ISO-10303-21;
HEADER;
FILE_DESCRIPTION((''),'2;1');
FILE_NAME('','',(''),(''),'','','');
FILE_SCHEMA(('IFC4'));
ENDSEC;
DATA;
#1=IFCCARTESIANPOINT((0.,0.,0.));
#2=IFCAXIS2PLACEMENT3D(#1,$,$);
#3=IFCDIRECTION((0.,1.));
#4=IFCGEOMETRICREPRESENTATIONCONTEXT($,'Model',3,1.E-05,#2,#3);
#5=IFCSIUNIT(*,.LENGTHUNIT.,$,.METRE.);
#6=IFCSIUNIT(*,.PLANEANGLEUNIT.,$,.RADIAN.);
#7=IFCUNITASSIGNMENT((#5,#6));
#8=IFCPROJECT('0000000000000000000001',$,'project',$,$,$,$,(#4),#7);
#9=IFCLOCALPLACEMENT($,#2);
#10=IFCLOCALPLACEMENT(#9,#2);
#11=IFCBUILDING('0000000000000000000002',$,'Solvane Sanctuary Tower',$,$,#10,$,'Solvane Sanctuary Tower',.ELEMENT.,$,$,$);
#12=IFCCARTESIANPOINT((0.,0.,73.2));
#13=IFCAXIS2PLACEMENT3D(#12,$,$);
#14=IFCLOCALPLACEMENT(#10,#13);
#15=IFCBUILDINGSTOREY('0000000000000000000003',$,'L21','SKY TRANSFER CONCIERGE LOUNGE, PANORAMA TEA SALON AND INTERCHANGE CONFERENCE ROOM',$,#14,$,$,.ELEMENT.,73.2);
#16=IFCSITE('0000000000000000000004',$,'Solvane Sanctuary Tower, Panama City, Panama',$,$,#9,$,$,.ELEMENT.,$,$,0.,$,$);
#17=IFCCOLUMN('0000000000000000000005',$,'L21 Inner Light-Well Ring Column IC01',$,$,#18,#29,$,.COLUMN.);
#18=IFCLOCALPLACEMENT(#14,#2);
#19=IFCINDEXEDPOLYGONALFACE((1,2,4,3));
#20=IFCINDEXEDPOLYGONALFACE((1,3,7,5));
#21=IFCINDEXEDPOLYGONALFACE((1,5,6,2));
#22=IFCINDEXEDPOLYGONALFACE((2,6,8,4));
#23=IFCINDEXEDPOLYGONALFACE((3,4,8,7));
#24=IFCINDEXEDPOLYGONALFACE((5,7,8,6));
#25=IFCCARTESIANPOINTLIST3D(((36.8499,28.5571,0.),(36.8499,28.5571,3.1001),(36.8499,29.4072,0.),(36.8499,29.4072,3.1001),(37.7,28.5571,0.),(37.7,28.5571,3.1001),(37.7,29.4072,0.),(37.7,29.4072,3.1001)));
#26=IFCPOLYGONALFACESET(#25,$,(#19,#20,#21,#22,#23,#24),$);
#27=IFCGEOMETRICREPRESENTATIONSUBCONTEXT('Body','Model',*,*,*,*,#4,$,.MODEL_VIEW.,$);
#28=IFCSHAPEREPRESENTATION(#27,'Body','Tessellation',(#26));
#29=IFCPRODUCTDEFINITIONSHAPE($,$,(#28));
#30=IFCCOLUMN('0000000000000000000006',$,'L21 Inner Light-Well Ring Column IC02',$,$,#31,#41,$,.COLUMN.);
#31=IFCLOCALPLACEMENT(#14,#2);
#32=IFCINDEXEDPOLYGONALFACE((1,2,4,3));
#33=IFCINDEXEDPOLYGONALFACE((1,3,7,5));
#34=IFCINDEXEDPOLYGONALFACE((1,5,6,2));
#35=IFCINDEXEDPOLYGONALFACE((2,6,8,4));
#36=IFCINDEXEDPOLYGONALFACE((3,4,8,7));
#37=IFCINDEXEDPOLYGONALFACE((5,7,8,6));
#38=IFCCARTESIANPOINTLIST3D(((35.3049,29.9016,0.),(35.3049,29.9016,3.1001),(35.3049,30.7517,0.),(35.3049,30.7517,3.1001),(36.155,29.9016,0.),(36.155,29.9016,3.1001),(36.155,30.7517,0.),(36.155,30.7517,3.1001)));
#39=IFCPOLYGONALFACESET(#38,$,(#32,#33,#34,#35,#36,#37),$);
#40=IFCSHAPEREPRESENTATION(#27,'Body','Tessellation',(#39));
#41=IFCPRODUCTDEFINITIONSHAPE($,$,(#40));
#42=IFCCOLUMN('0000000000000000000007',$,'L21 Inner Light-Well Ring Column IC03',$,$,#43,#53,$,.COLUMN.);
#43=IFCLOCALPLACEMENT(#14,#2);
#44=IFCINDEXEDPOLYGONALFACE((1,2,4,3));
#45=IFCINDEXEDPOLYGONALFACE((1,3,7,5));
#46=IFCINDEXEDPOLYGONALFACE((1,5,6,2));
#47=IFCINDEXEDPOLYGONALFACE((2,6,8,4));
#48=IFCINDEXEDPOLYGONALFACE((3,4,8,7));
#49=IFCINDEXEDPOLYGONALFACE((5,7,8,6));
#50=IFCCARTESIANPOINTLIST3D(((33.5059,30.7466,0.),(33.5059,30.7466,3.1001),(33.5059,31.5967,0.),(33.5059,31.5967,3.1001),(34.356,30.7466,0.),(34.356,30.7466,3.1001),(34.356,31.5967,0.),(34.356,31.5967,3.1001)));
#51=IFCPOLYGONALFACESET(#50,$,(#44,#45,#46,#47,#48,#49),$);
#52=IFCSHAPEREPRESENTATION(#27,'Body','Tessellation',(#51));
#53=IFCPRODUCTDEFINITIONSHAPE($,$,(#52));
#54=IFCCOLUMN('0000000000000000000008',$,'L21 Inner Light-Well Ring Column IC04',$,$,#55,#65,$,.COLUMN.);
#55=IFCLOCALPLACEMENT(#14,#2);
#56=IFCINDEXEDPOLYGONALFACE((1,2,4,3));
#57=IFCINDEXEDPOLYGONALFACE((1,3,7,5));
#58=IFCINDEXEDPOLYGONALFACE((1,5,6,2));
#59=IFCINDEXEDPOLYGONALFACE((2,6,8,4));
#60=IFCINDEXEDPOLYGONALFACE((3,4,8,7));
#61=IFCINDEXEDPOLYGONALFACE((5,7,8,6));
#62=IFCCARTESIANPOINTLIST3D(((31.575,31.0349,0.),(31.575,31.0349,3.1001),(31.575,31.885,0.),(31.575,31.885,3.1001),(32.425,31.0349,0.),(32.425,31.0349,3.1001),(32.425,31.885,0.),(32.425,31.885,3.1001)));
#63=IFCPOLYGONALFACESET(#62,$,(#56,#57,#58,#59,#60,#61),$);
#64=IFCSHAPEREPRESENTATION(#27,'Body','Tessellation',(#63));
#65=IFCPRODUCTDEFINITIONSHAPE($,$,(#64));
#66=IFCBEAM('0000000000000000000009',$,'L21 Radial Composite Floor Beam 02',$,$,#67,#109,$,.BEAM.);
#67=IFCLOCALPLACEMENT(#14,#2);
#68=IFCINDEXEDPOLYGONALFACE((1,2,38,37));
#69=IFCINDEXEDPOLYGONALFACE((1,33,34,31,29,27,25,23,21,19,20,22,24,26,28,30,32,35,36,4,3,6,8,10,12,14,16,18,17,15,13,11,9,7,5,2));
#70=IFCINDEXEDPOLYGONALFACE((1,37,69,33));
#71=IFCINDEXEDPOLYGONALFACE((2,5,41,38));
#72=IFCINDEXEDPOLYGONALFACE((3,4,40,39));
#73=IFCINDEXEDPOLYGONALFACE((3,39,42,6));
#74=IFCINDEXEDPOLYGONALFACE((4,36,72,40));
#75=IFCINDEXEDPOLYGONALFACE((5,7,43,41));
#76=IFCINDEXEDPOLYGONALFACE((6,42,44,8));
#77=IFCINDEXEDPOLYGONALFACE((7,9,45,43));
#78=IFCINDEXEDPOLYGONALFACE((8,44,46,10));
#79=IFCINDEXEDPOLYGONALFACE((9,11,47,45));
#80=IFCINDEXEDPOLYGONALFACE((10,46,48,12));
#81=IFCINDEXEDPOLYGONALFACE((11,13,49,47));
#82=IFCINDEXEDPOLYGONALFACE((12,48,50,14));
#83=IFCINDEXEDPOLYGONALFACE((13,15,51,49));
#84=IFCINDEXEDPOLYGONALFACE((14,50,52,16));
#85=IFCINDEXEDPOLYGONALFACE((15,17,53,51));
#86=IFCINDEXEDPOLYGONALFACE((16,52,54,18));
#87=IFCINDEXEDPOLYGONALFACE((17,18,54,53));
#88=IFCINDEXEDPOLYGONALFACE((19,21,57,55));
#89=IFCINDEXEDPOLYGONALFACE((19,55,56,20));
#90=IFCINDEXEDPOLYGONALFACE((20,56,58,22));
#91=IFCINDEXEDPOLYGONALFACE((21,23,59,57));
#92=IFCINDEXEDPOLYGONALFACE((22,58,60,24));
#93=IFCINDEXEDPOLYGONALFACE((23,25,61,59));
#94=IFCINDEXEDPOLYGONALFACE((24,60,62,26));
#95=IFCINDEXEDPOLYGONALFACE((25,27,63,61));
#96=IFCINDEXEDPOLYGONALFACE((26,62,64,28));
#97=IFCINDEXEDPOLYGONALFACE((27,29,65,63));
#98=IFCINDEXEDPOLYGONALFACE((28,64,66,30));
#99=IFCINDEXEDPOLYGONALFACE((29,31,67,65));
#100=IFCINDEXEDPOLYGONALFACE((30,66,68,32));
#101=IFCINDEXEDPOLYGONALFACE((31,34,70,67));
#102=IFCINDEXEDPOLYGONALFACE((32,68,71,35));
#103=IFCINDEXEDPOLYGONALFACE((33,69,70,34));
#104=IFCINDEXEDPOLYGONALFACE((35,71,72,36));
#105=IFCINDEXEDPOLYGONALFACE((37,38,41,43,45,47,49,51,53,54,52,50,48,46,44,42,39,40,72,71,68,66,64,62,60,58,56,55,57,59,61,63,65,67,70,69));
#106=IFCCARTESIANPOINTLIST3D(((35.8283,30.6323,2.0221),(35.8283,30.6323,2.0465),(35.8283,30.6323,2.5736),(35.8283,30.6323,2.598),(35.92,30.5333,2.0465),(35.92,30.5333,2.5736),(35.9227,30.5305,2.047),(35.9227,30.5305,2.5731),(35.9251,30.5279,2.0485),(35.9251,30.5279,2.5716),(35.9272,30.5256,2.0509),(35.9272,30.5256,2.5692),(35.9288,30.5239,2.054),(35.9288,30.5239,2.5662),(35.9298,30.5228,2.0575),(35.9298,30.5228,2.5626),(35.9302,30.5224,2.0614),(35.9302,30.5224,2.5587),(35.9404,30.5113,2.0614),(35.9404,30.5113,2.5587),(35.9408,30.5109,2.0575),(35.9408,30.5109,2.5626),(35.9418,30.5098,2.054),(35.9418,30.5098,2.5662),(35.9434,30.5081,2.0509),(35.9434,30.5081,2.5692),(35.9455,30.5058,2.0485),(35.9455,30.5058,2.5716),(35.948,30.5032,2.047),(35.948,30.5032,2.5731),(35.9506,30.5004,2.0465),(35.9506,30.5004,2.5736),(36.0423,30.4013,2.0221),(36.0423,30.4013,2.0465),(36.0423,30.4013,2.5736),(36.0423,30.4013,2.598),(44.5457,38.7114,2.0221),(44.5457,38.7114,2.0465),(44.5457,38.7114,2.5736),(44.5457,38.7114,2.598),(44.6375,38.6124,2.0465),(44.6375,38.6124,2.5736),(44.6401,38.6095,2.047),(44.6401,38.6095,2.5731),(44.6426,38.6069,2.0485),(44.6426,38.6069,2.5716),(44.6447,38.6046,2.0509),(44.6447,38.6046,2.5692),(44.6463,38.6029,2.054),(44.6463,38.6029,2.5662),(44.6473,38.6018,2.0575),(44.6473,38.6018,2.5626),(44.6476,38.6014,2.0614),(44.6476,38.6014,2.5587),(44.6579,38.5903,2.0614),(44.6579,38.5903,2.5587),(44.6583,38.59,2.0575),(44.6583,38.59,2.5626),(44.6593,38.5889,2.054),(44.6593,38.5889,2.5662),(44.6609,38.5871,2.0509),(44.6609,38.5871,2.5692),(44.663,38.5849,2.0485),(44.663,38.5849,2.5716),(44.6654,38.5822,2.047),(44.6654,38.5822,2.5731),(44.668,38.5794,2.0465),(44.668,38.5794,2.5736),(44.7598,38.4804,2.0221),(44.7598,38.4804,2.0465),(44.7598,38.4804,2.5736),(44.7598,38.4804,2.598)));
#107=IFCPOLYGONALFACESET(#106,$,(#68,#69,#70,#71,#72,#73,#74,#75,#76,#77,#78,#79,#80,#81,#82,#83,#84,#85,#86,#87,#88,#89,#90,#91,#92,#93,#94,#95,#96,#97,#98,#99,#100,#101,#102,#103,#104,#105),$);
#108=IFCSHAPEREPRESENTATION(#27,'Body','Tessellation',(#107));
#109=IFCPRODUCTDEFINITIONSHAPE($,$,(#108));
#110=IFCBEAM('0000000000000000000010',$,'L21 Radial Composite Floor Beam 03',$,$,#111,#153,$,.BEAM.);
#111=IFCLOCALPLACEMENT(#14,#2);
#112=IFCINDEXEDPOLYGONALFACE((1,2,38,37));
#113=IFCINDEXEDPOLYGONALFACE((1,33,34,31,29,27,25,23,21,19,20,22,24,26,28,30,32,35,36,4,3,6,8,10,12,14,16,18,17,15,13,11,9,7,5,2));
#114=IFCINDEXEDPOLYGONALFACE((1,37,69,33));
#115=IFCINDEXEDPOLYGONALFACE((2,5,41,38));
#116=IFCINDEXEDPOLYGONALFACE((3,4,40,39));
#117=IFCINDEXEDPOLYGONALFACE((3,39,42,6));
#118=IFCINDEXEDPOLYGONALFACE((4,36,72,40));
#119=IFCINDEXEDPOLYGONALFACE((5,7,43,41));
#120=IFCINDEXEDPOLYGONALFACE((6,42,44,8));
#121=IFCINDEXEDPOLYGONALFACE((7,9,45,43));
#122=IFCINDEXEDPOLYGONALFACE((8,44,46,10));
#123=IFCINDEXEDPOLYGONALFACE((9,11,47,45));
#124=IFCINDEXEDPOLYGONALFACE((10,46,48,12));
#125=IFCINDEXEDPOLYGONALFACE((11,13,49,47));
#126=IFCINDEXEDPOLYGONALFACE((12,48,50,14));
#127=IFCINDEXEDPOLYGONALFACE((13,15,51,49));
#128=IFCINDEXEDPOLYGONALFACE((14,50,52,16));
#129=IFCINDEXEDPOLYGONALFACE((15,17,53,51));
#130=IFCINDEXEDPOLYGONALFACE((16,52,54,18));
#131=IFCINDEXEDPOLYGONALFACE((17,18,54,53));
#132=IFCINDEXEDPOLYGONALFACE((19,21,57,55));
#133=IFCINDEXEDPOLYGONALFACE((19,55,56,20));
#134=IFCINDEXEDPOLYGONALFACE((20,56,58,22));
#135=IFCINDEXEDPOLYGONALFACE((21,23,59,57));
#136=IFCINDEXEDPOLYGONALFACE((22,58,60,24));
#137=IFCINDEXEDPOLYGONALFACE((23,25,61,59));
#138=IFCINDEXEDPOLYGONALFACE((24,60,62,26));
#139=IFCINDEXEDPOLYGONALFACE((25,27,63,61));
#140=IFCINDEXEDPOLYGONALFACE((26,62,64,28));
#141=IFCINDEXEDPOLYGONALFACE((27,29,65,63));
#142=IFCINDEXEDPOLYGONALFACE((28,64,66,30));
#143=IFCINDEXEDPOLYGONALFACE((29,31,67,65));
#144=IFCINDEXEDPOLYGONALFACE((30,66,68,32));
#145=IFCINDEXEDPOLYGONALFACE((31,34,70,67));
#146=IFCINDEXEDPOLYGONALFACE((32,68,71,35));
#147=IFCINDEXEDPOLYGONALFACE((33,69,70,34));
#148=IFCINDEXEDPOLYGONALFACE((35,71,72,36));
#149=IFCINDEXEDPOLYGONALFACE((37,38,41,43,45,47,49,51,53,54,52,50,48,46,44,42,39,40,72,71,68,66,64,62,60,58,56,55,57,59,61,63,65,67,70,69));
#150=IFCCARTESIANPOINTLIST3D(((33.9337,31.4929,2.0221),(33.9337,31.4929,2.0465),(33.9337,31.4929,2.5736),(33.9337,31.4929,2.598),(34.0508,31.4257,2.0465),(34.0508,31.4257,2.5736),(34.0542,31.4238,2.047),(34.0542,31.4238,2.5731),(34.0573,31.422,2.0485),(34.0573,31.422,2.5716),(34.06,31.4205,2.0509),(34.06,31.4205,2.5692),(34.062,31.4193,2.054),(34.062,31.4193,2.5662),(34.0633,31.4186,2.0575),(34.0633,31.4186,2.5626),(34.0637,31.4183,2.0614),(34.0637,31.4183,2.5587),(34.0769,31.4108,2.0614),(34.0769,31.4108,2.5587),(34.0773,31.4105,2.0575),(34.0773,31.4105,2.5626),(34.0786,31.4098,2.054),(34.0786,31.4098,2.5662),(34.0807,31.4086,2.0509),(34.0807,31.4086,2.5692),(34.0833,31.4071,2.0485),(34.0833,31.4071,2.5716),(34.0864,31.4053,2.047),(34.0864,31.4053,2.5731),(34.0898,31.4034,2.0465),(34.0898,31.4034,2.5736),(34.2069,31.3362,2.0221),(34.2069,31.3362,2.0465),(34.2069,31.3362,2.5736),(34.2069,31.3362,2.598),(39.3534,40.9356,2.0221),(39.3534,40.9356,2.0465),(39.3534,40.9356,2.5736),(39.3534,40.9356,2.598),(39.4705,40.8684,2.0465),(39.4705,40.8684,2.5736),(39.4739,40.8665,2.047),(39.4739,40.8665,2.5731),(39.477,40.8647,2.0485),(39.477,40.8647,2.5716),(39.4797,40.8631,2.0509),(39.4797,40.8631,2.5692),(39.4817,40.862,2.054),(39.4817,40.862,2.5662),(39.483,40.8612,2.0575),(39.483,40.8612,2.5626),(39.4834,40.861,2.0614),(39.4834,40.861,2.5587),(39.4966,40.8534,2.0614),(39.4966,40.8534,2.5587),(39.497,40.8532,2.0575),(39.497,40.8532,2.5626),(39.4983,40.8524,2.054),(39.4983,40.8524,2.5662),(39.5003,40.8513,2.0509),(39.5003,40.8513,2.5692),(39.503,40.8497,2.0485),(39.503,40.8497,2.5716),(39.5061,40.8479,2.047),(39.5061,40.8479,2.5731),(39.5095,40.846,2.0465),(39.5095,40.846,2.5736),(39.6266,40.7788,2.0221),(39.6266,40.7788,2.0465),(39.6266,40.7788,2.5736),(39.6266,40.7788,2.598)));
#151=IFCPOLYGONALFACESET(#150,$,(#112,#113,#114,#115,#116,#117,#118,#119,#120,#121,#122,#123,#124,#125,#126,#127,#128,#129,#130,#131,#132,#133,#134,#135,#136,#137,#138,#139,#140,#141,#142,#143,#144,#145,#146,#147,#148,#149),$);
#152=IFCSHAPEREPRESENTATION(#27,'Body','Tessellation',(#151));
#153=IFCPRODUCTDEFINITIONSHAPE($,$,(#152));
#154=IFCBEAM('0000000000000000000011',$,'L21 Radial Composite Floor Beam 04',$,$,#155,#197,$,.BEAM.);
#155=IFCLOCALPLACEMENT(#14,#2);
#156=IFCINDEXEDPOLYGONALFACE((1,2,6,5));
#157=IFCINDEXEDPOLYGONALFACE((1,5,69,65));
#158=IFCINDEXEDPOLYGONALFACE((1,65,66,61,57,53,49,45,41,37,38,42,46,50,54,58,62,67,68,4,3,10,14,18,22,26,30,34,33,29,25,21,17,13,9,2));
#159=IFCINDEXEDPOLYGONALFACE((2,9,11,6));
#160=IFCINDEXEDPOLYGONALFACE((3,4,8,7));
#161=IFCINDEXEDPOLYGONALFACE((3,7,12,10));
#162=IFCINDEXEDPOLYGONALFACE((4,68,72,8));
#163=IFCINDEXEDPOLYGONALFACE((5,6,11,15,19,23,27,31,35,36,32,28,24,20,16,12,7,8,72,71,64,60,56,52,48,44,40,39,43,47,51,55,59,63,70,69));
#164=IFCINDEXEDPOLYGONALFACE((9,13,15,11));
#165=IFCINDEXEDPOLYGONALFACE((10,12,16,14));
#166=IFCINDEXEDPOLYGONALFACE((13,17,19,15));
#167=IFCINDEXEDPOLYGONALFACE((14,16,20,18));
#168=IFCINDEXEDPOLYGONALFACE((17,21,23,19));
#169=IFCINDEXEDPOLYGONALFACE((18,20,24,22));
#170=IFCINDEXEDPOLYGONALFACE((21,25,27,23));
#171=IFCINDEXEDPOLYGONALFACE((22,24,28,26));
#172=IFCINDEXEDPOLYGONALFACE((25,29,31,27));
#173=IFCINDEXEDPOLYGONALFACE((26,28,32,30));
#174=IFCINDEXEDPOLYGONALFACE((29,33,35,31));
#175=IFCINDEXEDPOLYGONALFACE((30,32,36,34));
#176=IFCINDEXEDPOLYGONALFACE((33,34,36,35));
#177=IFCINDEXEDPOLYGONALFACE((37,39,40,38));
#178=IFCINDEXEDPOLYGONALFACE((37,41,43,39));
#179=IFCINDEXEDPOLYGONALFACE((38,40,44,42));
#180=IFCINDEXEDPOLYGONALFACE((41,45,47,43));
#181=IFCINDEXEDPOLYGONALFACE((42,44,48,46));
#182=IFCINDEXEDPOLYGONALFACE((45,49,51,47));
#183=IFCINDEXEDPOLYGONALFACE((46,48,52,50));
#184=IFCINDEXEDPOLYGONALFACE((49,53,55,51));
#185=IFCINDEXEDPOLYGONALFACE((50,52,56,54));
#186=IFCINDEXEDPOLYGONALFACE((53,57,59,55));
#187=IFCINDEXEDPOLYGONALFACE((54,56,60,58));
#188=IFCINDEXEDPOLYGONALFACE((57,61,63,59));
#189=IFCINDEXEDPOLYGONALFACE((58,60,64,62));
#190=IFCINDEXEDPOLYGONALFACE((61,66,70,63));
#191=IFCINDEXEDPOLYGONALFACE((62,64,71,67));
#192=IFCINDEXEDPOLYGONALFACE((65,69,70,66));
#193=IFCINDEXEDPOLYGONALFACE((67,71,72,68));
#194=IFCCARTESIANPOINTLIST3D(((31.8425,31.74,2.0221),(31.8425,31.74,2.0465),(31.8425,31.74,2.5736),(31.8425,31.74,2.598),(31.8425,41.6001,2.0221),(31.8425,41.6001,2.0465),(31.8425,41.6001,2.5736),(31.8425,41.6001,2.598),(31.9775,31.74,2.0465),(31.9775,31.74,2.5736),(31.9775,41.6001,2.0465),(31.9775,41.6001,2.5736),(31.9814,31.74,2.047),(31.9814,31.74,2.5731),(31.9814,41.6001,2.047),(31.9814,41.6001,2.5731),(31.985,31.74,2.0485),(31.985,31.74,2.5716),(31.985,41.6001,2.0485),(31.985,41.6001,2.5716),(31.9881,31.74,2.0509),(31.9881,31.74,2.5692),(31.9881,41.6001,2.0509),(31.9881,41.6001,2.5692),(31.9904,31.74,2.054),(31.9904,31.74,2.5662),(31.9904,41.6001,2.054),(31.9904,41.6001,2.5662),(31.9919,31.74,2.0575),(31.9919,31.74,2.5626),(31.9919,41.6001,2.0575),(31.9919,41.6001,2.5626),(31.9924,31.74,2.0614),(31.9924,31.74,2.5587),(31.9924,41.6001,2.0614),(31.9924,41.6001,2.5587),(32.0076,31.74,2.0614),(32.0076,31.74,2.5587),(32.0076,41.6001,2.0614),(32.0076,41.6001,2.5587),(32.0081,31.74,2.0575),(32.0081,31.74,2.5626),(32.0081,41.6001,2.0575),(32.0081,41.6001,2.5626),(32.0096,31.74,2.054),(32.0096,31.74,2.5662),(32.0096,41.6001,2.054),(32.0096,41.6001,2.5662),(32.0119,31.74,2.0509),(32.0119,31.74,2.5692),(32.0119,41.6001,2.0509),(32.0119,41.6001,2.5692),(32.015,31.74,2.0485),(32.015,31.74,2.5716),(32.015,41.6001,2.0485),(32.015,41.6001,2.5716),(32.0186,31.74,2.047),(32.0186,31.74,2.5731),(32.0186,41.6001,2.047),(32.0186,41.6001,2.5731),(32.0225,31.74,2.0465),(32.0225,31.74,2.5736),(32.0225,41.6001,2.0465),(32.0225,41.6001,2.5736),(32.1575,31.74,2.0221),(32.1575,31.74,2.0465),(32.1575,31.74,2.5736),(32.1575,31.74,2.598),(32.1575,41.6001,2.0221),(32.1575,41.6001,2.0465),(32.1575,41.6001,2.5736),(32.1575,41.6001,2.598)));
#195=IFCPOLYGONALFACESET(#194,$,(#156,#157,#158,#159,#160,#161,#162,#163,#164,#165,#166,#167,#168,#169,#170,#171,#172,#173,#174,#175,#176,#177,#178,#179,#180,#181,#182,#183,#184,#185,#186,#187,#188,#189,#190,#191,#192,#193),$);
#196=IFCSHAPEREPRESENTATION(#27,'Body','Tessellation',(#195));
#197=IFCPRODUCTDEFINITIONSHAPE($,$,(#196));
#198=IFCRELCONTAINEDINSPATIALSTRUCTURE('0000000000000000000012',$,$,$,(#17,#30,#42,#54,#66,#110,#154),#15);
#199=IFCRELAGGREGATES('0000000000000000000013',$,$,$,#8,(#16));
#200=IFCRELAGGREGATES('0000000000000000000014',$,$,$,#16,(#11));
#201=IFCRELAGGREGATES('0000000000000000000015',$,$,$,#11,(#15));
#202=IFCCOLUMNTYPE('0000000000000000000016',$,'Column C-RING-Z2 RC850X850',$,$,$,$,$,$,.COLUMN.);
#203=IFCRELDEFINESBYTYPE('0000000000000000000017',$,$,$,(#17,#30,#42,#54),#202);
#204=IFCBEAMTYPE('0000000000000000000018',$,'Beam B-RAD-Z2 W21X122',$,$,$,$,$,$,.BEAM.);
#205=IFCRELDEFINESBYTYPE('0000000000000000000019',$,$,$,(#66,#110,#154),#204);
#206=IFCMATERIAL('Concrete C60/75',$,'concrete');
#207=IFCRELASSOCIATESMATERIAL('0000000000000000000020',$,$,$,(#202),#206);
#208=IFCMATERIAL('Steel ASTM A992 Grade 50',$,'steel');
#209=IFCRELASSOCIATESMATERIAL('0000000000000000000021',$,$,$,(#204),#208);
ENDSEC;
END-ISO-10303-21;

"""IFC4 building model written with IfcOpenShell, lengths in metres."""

from ifc_helpers import new_model, si_unit, direction, frame, origin, origin_2d, place, context, subcontext, project, spatial, rectangle, i_section, extrude, material, material_profile, profile_set, type_object, element, save


model = new_model("IFC4")

# Units and contexts
model_context = context("Model", 3, precision=1e-05, world=origin(), true_north=direction((0.0, 1.0)))
body_context = subcontext(model_context, "Body", "Model", "MODEL_VIEW")
ifc_project = project(units=[si_unit("LENGTHUNIT", "METRE"), si_unit("PLANEANGLEUNIT", "RADIAN")], contexts=[model_context])

# Site, building, storey
site_placement = place(None, origin())
site = spatial("IfcSite", under=ifc_project, at=site_placement, Name="Solvane Sanctuary Tower, Panama City, Panama", CompositionType="ELEMENT", RefElevation=0.0)
building_placement = place(site_placement, origin())
building = spatial("IfcBuilding", under=site, at=building_placement, Name="Solvane Sanctuary Tower", LongName="Solvane Sanctuary Tower", CompositionType="ELEMENT")
storey_placement = place(building_placement, frame((0.0, 0.0, 73.2)))
storey = spatial("IfcBuildingStorey", under=building, at=storey_placement, Name="L21", Description="SKY TRANSFER CONCIERGE LOUNGE, PANORAMA TEA SALON AND INTERCHANGE CONFERENCE ROOM", CompositionType="ELEMENT", Elevation=73.2)

# Columns
ifc_material_1 = material(Name="Concrete C60/75", Category="concrete")
ifc_material_profile_1 = material_profile(ifc_material_1, rectangle(XDim=0.8501, YDim=0.8501, at=origin_2d()), Name="RC850X850")
ifc_profile_set_1 = profile_set([ifc_material_profile_1], Name="Concrete C60/75")
column_type = type_object("IfcColumnType", Name="Column C-RING-Z2 RC850X850", PredefinedType="COLUMN", material=ifc_profile_set_1)
for number, where, z_axis, x_axis, name in (
    (1, (37.2749, 28.9822, 0.0), (0.0, 0.0, 1.0), (1.0, 0.0, 0.0), "L21 Inner Light-Well Ring Column IC01"),
    (2, (35.73, 30.3267, 0.0), (0.0, 0.0, 1.0), (1.0, 0.0, 0.0), "L21 Inner Light-Well Ring Column IC02"),
    (3, (33.9309, 31.1716, 0.0), (0.0, 0.0, 1.0), (1.0, 0.0, 0.0), "L21 Inner Light-Well Ring Column IC03"),
    (4, (32.0, 31.46, 0.0), (0.0, 0.0, 1.0), (1.0, 0.0, 0.0), "L21 Inner Light-Well Ring Column IC04"),
):
    element("IfcColumn", number, at=place(storey_placement, frame(where, z_axis=z_axis, x_axis=x_axis)), inside=storey, type_object=column_type, Name=name, PredefinedType="COLUMN", context=body_context, shape_type="SweptSolid", body=[
        extrude(rectangle(XDim=0.8501, YDim=0.8501, at=origin_2d()), origin(), (0.0, 0.0, 1.0), 3.1001),
    ])

# Beams
ifc_material_2 = material(Name="Steel ASTM A992 Grade 50", Category="steel")
ifc_material_profile_2 = material_profile(ifc_material_2, i_section(OverallWidth=0.3149, OverallDepth=0.5759, WebThickness=0.0151, FlangeThickness=0.0244, FilletRadius=0.0149, at=origin_2d()), Name="W21X122")
ifc_profile_set_2 = profile_set([ifc_material_profile_2], Name="Steel ASTM A992 Grade 50")
beam_type_1 = type_object("IfcBeamType", Name="Beam B-RAD-Z2 W21X122", PredefinedType="BEAM", material=ifc_profile_set_2)
beam_1_placement = place(storey_placement, frame((35.9353, 30.5168, 2.3101), z_axis=(0.733454, 0.679739, 0.0), x_axis=(-0.679739, 0.733454, 0.0)))
element("IfcBeam", 5, at=beam_1_placement, inside=storey, type_object=beam_type_1, Name="L21 Radial Composite Floor Beam 02", PredefinedType="BEAM", context=body_context, shape_type="SweptSolid", body=[
    extrude(i_section(OverallWidth=0.3149, OverallDepth=0.5759, WebThickness=0.0151, FlangeThickness=0.0244, FilletRadius=0.0149, at=origin_2d()), origin(), (0.0, 0.0, 1.0), 11.8855),
])
beam_2_placement = place(storey_placement, frame((34.0703, 31.4146, 2.3101), z_axis=(0.497792, 0.867296, 0.0), x_axis=(-0.867296, 0.497792, 0.0)))
element("IfcBeam", 6, at=beam_2_placement, inside=storey, type_object=beam_type_1, Name="L21 Radial Composite Floor Beam 03", PredefinedType="BEAM", context=body_context, shape_type="SweptSolid", body=[
    extrude(i_section(OverallWidth=0.3149, OverallDepth=0.5759, WebThickness=0.0151, FlangeThickness=0.0244, FilletRadius=0.0149, at=origin_2d()), origin(), (0.0, 0.0, 1.0), 10.8875),
])
beam_3_placement = place(storey_placement, frame((32.0, 31.74, 2.3101), z_axis=(0.0, 1.0, 0.0), x_axis=(-1.0, 0.0, 0.0)))
element("IfcBeam", 7, at=beam_3_placement, inside=storey, type_object=beam_type_1, Name="L21 Radial Composite Floor Beam 04", PredefinedType="BEAM", context=body_context, shape_type="SweptSolid", body=[
    extrude(i_section(OverallWidth=0.3149, OverallDepth=0.5759, WebThickness=0.0151, FlangeThickness=0.0244, FilletRadius=0.0149, at=origin_2d()), origin(), (0.0, 0.0, 1.0), 9.8601),
])

save(model, "model.ifc")
